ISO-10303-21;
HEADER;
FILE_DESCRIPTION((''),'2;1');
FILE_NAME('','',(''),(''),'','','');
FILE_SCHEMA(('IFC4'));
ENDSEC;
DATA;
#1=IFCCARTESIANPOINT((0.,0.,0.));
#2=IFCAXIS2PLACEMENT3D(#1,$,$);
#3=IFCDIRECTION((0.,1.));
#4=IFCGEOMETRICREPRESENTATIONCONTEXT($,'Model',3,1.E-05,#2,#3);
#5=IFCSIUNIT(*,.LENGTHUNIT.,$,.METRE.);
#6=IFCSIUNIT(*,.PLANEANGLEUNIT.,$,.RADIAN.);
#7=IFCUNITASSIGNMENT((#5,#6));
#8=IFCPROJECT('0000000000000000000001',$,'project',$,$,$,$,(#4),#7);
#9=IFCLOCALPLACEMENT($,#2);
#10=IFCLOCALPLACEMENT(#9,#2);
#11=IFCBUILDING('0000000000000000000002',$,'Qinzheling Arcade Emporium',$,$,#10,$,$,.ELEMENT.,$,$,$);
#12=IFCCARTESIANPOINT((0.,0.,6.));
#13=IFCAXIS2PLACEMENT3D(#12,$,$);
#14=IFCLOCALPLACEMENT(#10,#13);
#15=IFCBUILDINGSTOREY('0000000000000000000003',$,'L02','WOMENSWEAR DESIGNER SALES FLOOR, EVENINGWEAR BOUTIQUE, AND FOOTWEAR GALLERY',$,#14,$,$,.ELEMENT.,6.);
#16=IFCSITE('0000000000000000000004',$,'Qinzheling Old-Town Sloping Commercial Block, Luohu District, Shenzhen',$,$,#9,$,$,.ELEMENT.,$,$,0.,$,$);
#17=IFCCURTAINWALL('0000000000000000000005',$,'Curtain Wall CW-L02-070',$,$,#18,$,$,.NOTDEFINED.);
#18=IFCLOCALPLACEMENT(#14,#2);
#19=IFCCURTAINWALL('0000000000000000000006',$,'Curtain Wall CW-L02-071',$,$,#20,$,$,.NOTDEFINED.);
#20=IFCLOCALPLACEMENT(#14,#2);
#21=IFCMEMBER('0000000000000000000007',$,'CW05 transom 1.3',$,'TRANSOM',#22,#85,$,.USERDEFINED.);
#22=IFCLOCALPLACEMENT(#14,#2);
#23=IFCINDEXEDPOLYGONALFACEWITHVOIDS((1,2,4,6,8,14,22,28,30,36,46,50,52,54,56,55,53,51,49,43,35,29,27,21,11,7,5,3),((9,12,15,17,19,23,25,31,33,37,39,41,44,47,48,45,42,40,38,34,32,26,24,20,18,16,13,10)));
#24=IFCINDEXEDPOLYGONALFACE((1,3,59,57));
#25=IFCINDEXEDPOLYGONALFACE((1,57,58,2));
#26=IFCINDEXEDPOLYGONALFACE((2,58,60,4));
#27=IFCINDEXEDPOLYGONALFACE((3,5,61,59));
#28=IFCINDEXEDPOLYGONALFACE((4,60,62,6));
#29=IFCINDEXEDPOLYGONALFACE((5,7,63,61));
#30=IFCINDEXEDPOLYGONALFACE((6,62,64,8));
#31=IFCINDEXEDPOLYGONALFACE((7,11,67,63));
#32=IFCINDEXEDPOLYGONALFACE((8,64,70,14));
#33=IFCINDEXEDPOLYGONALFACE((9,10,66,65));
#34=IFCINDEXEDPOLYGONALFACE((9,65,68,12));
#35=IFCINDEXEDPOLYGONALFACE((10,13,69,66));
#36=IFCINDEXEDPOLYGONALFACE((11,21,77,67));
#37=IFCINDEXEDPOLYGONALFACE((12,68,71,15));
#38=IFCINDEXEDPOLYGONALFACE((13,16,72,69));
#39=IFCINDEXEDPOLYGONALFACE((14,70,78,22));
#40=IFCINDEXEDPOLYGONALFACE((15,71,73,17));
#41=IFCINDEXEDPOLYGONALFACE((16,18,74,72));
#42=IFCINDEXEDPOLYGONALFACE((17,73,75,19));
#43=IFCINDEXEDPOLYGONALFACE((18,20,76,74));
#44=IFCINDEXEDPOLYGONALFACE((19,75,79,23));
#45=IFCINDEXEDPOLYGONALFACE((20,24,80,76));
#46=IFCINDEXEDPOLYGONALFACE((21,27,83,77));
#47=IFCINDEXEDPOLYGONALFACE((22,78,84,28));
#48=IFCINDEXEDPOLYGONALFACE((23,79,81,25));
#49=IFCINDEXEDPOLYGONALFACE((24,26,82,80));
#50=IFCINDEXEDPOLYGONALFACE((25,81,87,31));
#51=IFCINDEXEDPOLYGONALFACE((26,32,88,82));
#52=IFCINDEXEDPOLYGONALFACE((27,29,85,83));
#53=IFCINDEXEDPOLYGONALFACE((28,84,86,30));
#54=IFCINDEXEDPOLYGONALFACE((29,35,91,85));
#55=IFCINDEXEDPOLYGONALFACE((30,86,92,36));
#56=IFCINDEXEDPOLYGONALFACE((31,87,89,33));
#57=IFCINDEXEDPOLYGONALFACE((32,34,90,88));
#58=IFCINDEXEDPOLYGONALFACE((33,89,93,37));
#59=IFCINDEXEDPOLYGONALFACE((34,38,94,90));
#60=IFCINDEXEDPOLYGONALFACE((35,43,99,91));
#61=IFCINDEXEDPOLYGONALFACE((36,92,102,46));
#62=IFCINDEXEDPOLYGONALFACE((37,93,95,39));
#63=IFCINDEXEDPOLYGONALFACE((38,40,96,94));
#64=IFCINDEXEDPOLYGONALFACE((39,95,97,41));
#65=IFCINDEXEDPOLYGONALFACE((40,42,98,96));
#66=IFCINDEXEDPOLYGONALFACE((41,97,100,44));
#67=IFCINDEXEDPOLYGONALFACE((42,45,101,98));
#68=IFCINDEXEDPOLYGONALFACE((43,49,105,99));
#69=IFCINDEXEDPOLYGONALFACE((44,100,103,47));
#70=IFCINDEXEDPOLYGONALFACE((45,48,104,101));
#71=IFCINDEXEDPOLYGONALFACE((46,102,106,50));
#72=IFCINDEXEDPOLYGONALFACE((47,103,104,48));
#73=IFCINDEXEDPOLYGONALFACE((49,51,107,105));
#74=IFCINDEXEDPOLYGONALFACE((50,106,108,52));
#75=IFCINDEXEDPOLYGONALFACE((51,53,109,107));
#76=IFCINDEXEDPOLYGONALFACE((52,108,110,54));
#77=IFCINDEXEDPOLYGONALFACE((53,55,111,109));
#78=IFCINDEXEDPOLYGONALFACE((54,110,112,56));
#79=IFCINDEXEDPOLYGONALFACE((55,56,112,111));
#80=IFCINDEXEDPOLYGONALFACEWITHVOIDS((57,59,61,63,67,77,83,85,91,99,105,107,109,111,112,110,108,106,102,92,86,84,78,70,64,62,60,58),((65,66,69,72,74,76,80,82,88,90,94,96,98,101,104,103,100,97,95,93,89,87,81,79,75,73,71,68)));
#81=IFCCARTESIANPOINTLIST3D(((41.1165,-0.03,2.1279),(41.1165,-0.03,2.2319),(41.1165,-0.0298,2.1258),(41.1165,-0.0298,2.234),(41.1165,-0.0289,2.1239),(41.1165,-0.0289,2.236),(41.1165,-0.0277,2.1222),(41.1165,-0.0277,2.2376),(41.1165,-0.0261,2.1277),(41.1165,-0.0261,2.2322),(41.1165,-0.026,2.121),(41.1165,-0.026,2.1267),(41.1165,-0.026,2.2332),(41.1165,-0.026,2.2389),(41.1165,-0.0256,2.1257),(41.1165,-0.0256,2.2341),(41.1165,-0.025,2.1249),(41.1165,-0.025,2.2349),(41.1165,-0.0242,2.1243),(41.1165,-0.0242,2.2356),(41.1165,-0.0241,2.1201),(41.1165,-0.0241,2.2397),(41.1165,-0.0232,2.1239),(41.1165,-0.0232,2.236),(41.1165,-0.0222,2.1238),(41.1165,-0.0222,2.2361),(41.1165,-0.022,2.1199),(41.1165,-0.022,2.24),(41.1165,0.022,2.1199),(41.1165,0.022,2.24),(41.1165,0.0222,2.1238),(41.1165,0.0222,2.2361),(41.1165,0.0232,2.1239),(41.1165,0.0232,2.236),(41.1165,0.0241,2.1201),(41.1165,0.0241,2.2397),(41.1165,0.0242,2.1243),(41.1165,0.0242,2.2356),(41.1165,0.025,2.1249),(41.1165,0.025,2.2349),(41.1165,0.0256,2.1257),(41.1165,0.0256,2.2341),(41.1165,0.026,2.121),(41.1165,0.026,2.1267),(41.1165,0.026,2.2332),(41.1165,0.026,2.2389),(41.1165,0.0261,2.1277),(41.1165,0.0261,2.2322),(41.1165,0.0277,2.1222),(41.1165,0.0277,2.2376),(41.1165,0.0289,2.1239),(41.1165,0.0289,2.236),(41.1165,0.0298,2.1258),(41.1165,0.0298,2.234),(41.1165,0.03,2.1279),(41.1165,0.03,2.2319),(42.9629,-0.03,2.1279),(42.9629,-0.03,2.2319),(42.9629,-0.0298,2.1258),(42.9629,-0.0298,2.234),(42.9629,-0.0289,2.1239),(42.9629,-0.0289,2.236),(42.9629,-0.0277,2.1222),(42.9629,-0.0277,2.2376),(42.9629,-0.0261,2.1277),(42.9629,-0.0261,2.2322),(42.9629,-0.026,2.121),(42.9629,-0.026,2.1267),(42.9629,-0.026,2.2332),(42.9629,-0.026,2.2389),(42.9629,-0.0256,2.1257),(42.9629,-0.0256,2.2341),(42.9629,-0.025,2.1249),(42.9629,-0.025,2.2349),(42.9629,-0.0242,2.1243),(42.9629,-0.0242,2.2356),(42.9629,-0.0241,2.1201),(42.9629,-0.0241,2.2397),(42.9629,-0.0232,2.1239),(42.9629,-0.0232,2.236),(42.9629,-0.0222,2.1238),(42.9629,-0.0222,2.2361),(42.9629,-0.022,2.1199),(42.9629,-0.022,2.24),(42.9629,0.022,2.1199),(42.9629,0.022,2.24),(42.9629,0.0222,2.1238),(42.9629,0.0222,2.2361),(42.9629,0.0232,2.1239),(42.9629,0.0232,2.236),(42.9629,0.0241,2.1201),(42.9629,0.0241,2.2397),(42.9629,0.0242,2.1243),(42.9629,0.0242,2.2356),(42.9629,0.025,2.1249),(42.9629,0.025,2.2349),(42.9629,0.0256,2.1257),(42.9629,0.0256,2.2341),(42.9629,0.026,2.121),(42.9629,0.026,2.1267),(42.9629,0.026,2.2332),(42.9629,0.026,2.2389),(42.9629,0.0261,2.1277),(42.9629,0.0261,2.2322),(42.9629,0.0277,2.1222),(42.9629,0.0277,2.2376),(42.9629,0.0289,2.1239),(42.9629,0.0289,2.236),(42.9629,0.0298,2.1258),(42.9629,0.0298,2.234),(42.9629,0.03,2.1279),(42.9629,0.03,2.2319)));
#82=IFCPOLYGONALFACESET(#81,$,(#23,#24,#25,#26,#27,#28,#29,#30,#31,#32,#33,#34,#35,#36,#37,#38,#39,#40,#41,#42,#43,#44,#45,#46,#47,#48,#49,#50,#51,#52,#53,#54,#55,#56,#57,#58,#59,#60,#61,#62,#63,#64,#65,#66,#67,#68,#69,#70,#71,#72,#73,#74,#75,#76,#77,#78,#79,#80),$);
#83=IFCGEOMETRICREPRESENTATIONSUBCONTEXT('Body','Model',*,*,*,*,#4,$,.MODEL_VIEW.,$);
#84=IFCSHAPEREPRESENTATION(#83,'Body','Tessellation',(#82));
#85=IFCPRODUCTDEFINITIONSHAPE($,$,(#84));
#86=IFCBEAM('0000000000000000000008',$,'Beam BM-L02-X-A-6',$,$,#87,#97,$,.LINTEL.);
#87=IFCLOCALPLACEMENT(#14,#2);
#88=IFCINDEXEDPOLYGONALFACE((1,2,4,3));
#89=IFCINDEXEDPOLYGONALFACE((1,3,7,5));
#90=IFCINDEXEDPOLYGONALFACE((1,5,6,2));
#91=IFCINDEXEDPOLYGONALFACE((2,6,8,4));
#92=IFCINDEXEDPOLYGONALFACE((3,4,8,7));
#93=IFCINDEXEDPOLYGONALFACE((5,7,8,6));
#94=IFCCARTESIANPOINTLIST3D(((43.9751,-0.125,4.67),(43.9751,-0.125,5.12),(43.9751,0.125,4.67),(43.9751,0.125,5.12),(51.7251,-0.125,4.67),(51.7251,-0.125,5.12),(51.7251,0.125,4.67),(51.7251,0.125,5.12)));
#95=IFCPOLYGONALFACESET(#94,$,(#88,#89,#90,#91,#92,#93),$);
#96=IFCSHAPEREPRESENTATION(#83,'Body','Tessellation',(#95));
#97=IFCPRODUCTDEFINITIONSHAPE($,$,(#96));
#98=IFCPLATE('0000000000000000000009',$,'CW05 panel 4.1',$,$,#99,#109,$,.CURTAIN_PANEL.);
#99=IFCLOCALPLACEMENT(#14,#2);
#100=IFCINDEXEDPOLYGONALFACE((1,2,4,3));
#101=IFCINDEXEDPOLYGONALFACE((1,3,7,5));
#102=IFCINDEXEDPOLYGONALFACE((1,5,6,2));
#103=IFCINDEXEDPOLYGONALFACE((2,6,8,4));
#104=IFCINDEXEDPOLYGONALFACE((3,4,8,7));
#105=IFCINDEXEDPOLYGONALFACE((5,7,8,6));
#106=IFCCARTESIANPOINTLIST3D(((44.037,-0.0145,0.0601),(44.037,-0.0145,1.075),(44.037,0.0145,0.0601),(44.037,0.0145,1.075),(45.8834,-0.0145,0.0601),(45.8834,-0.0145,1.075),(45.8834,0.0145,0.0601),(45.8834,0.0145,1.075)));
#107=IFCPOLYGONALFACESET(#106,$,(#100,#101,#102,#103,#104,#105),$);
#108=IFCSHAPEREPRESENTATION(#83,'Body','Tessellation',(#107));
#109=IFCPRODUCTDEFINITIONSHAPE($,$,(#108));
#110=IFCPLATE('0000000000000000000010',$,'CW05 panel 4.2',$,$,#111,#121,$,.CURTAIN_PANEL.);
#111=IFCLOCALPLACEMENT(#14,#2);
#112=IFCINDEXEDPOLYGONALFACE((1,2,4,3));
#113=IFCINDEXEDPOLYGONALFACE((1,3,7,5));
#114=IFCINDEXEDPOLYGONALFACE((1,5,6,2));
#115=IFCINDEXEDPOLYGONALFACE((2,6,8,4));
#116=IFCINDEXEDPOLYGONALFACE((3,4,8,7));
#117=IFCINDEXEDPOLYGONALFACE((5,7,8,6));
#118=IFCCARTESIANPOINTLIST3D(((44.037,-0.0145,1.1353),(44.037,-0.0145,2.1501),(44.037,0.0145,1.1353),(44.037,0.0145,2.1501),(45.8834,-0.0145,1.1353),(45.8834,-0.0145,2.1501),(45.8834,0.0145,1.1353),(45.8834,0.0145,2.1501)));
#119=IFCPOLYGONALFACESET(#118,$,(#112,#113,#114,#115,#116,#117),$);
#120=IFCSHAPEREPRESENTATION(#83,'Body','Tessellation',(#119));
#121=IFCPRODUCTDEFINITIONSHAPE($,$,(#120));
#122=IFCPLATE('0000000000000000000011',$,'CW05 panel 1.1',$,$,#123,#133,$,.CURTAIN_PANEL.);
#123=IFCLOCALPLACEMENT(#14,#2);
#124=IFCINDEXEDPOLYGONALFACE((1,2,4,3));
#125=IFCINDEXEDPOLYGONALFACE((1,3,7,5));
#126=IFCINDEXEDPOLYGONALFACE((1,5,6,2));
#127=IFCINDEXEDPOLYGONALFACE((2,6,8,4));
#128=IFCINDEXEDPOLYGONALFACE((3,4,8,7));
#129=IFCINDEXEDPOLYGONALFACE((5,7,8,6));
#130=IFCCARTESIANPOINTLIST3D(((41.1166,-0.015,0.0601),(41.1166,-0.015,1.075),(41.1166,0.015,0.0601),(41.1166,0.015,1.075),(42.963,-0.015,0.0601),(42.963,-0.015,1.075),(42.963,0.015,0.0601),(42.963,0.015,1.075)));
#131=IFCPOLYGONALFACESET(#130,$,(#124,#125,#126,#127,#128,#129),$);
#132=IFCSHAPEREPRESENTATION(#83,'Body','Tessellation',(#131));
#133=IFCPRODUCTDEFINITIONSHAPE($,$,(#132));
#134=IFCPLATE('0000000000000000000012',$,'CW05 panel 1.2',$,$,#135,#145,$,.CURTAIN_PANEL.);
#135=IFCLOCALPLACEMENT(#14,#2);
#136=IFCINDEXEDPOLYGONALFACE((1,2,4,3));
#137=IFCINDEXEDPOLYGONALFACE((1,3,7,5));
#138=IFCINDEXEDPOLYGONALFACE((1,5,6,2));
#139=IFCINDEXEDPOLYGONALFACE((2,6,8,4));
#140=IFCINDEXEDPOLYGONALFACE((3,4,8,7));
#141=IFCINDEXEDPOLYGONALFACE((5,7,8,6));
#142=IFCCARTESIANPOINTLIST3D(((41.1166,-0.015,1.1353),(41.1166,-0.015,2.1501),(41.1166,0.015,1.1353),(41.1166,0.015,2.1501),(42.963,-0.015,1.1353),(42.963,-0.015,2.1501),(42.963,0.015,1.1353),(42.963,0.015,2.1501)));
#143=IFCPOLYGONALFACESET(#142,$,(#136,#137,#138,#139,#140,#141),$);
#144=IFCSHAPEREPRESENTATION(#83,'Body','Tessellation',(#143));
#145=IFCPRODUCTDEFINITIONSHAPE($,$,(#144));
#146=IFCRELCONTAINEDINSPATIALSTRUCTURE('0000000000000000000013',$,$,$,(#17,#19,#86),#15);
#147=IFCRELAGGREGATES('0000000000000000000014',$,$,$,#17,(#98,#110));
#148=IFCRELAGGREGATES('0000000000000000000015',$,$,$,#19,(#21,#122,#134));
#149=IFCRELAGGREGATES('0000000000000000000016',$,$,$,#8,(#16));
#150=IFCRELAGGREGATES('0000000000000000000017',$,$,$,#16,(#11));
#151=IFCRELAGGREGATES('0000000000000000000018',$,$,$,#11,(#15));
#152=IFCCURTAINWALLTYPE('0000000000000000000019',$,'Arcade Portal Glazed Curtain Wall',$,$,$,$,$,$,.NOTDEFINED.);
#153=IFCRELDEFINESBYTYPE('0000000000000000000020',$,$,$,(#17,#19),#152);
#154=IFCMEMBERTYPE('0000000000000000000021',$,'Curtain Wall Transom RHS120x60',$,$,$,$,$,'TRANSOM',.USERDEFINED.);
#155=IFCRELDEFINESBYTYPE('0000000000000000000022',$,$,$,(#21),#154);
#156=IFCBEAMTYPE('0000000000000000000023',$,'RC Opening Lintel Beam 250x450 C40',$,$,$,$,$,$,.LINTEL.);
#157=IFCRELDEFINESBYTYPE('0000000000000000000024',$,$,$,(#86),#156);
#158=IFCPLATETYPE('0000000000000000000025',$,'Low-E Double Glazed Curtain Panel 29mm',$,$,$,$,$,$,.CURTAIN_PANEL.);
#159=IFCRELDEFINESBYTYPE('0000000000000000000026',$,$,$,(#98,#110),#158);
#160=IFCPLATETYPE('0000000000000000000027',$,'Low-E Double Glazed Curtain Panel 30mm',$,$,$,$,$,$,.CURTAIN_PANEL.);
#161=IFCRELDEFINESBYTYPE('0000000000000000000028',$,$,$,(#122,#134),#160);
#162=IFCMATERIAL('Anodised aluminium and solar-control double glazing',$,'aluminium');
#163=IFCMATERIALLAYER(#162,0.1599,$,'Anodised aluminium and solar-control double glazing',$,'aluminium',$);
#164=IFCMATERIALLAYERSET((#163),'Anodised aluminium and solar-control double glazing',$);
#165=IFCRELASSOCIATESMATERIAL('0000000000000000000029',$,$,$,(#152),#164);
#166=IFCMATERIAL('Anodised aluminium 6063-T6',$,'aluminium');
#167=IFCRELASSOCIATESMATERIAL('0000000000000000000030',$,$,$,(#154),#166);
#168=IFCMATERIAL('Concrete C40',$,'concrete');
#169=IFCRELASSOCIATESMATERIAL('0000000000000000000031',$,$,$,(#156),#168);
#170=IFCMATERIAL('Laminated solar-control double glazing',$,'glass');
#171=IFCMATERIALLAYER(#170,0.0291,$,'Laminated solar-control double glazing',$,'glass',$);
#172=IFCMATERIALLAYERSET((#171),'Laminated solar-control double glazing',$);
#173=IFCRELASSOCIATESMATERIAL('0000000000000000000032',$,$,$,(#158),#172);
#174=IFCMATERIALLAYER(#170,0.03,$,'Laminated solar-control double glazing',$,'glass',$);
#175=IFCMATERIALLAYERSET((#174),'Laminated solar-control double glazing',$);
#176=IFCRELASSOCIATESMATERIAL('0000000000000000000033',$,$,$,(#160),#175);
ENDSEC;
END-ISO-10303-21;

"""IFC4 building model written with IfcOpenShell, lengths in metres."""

from ifc_helpers import new_model, si_unit, direction, frame, origin, origin_2d, place, context, subcontext, project, spatial, rectangle, hollow_rectangle, extrude, material, layer, layer_set, material_profile, profile_set, type_object, element, aggregate, save


model = new_model("IFC4")

# Units and contexts
model_context = context("Model", 3, precision=1e-05, world=origin(), true_north=direction((0.0, 1.0)))
body_context = subcontext(model_context, "Body", "Model", "MODEL_VIEW")
ifc_project = project(units=[si_unit("LENGTHUNIT", "METRE"), si_unit("PLANEANGLEUNIT", "RADIAN")], contexts=[model_context])

# Site, building, storey
site_placement = place(None, origin())
site = spatial("IfcSite", under=ifc_project, at=site_placement, Name="Qinzheling Old-Town Sloping Commercial Block, Luohu District, Shenzhen", CompositionType="ELEMENT", RefElevation=0.0)
building_placement = place(site_placement, origin())
building = spatial("IfcBuilding", under=site, at=building_placement, Name="Qinzheling Arcade Emporium", CompositionType="ELEMENT")
storey_placement = place(building_placement, frame((0.0, 0.0, 6.0)))
storey = spatial("IfcBuildingStorey", under=building, at=storey_placement, Name="L02", Description="WOMENSWEAR DESIGNER SALES FLOOR, EVENINGWEAR BOUTIQUE, AND FOOTWEAR GALLERY", CompositionType="ELEMENT", Elevation=6.0)

# Curtain walls
ifc_material_1 = material(Name="Anodised aluminium and solar-control double glazing", Category="aluminium")
ifc_layer_1 = layer(ifc_material_1, 0.1599, Name="Anodised aluminium and solar-control double glazing", Category="aluminium")
ifc_layer_set_1 = layer_set([ifc_layer_1], Name="Anodised aluminium and solar-control double glazing")
curtain_wall_type = type_object("IfcCurtainWallType", Name="Arcade Portal Glazed Curtain Wall", PredefinedType="NOTDEFINED", material=ifc_layer_set_1)
curtain_wall_1_placement = place(storey_placement, origin())
curtain_wall_1 = element("IfcCurtainWall", 1, at=curtain_wall_1_placement, inside=storey, type_object=curtain_wall_type, Name="Curtain Wall CW-L02-070", PredefinedType="NOTDEFINED")
ifc_material_2 = material(Name="Anodised aluminium 6063-T6", Category="aluminium")
curtain_wall_2_placement = place(storey_placement, origin())
curtain_wall_2 = element("IfcCurtainWall", 2, at=curtain_wall_2_placement, inside=storey, type_object=curtain_wall_type, Name="Curtain Wall CW-L02-071", PredefinedType="NOTDEFINED")

# Member
ifc_material_profile_1 = material_profile(ifc_material_2, hollow_rectangle(XDim=0.0601, YDim=0.1201, WallThickness=0.0039, InnerFilletRadius=0.0039, OuterFilletRadius=0.0081, at=origin_2d()), Name="RHS 120x60x4", Category="aluminium")
ifc_profile_set_1 = profile_set([ifc_material_profile_1], Name="Anodised aluminium 6063-T6")
member_type_1 = type_object("IfcMemberType", Name="Curtain Wall Transom RHS120x60", ElementType="TRANSOM", PredefinedType="USERDEFINED", material=ifc_profile_set_1)
member_1_placement = place(storey_placement, frame((42.9629, 0.0, 2.1799), z_axis=(-1.0, 0.0, 0.0), x_axis=(0.0, -1.0, 0.0)))
member_1 = element("IfcMember", 3, at=member_1_placement, type_object=member_type_1, Name="CW05 transom 1.3", ObjectType="TRANSOM", PredefinedType="USERDEFINED", context=body_context, shape_type="SweptSolid", body=[
    extrude(hollow_rectangle(XDim=0.0601, YDim=0.1201, WallThickness=0.0039, InnerFilletRadius=0.0039, OuterFilletRadius=0.0081, at=origin_2d()), origin(), (0.0, 0.0, 1.0), 1.8464),
])

# Beam
ifc_material_3 = material(Name="Concrete C40", Category="concrete")
ifc_material_profile_2 = material_profile(ifc_material_3, rectangle(XDim=0.25, YDim=0.45, at=origin_2d()), Name="RC 250x450", Category="concrete")
ifc_profile_set_2 = profile_set([ifc_material_profile_2], Name="Concrete C40")
beam_type_1 = type_object("IfcBeamType", Name="RC Opening Lintel Beam 250x450 C40", PredefinedType="LINTEL", material=ifc_profile_set_2)
beam_1_placement = place(storey_placement, frame((43.9751, 0.0, 4.895), z_axis=(1.0, 0.0, 0.0), x_axis=(0.0, 1.0, 0.0)))
element("IfcBeam", 4, at=beam_1_placement, inside=storey, type_object=beam_type_1, Name="Beam BM-L02-X-A-6", PredefinedType="LINTEL", context=body_context, shape_type="SweptSolid", body=[
    extrude(rectangle(XDim=0.25, YDim=0.45, at=origin_2d()), origin(), (0.0, 0.0, 1.0), 7.75),
])

# Plates
ifc_material_4 = material(Name="Laminated solar-control double glazing", Category="glass")
ifc_layer_2 = layer(ifc_material_4, 0.0291, Name="Laminated solar-control double glazing", Category="glass")
ifc_layer_set_2 = layer_set([ifc_layer_2], Name="Laminated solar-control double glazing")
plate_type_1 = type_object("IfcPlateType", Name="Low-E Double Glazed Curtain Panel 29mm", PredefinedType="CURTAIN_PANEL", material=ifc_layer_set_2)
plate_1_placement = place(storey_placement, frame((44.9602, 0.0, 0.0601), z_axis=(0.0, 0.0, 1.0), x_axis=(-1.0, 0.0, 0.0)))
plate_1 = element("IfcPlate", 5, at=plate_1_placement, type_object=plate_type_1, Name="CW05 panel 4.1", PredefinedType="CURTAIN_PANEL", context=body_context, shape_type="SweptSolid", body=[
    extrude(rectangle(XDim=1.8464, YDim=0.0291, at=origin_2d()), origin(), (0.0, 0.0, 1.0), 1.0149),
])
plate_2_placement = place(storey_placement, frame((44.9602, 0.0, 1.1353), z_axis=(0.0, 0.0, 1.0), x_axis=(-1.0, 0.0, 0.0)))
plate_2 = element("IfcPlate", 6, at=plate_2_placement, type_object=plate_type_1, Name="CW05 panel 4.2", PredefinedType="CURTAIN_PANEL", context=body_context, shape_type="SweptSolid", body=[
    extrude(rectangle(XDim=1.8464, YDim=0.0291, at=origin_2d()), origin(), (0.0, 0.0, 1.0), 1.0149),
])
aggregate(curtain_wall_1, [plate_1, plate_2])
ifc_layer_3 = layer(ifc_material_4, 0.03, Name="Laminated solar-control double glazing", Category="glass")
ifc_layer_set_3 = layer_set([ifc_layer_3], Name="Laminated solar-control double glazing")
plate_type_2 = type_object("IfcPlateType", Name="Low-E Double Glazed Curtain Panel 30mm", PredefinedType="CURTAIN_PANEL", material=ifc_layer_set_3)
plate_3_placement = place(storey_placement, frame((42.0398, 0.0, 0.0601), z_axis=(0.0, 0.0, 1.0), x_axis=(-1.0, 0.0, 0.0)))
plate_3 = element("IfcPlate", 7, at=plate_3_placement, type_object=plate_type_2, Name="CW05 panel 1.1", PredefinedType="CURTAIN_PANEL", context=body_context, shape_type="SweptSolid", body=[
    extrude(rectangle(XDim=1.8464, YDim=0.03, at=origin_2d()), origin(), (0.0, 0.0, 1.0), 1.0149),
])
plate_4_placement = place(storey_placement, frame((42.0398, 0.0, 1.1353), z_axis=(0.0, 0.0, 1.0), x_axis=(-1.0, 0.0, 0.0)))
plate_4 = element("IfcPlate", 8, at=plate_4_placement, type_object=plate_type_2, Name="CW05 panel 1.2", PredefinedType="CURTAIN_PANEL", context=body_context, shape_type="SweptSolid", body=[
    extrude(rectangle(XDim=1.8464, YDim=0.03, at=origin_2d()), origin(), (0.0, 0.0, 1.0), 1.0149),
])
aggregate(curtain_wall_2, [member_1, plate_3, plate_4])

save(model, "model.ifc")
